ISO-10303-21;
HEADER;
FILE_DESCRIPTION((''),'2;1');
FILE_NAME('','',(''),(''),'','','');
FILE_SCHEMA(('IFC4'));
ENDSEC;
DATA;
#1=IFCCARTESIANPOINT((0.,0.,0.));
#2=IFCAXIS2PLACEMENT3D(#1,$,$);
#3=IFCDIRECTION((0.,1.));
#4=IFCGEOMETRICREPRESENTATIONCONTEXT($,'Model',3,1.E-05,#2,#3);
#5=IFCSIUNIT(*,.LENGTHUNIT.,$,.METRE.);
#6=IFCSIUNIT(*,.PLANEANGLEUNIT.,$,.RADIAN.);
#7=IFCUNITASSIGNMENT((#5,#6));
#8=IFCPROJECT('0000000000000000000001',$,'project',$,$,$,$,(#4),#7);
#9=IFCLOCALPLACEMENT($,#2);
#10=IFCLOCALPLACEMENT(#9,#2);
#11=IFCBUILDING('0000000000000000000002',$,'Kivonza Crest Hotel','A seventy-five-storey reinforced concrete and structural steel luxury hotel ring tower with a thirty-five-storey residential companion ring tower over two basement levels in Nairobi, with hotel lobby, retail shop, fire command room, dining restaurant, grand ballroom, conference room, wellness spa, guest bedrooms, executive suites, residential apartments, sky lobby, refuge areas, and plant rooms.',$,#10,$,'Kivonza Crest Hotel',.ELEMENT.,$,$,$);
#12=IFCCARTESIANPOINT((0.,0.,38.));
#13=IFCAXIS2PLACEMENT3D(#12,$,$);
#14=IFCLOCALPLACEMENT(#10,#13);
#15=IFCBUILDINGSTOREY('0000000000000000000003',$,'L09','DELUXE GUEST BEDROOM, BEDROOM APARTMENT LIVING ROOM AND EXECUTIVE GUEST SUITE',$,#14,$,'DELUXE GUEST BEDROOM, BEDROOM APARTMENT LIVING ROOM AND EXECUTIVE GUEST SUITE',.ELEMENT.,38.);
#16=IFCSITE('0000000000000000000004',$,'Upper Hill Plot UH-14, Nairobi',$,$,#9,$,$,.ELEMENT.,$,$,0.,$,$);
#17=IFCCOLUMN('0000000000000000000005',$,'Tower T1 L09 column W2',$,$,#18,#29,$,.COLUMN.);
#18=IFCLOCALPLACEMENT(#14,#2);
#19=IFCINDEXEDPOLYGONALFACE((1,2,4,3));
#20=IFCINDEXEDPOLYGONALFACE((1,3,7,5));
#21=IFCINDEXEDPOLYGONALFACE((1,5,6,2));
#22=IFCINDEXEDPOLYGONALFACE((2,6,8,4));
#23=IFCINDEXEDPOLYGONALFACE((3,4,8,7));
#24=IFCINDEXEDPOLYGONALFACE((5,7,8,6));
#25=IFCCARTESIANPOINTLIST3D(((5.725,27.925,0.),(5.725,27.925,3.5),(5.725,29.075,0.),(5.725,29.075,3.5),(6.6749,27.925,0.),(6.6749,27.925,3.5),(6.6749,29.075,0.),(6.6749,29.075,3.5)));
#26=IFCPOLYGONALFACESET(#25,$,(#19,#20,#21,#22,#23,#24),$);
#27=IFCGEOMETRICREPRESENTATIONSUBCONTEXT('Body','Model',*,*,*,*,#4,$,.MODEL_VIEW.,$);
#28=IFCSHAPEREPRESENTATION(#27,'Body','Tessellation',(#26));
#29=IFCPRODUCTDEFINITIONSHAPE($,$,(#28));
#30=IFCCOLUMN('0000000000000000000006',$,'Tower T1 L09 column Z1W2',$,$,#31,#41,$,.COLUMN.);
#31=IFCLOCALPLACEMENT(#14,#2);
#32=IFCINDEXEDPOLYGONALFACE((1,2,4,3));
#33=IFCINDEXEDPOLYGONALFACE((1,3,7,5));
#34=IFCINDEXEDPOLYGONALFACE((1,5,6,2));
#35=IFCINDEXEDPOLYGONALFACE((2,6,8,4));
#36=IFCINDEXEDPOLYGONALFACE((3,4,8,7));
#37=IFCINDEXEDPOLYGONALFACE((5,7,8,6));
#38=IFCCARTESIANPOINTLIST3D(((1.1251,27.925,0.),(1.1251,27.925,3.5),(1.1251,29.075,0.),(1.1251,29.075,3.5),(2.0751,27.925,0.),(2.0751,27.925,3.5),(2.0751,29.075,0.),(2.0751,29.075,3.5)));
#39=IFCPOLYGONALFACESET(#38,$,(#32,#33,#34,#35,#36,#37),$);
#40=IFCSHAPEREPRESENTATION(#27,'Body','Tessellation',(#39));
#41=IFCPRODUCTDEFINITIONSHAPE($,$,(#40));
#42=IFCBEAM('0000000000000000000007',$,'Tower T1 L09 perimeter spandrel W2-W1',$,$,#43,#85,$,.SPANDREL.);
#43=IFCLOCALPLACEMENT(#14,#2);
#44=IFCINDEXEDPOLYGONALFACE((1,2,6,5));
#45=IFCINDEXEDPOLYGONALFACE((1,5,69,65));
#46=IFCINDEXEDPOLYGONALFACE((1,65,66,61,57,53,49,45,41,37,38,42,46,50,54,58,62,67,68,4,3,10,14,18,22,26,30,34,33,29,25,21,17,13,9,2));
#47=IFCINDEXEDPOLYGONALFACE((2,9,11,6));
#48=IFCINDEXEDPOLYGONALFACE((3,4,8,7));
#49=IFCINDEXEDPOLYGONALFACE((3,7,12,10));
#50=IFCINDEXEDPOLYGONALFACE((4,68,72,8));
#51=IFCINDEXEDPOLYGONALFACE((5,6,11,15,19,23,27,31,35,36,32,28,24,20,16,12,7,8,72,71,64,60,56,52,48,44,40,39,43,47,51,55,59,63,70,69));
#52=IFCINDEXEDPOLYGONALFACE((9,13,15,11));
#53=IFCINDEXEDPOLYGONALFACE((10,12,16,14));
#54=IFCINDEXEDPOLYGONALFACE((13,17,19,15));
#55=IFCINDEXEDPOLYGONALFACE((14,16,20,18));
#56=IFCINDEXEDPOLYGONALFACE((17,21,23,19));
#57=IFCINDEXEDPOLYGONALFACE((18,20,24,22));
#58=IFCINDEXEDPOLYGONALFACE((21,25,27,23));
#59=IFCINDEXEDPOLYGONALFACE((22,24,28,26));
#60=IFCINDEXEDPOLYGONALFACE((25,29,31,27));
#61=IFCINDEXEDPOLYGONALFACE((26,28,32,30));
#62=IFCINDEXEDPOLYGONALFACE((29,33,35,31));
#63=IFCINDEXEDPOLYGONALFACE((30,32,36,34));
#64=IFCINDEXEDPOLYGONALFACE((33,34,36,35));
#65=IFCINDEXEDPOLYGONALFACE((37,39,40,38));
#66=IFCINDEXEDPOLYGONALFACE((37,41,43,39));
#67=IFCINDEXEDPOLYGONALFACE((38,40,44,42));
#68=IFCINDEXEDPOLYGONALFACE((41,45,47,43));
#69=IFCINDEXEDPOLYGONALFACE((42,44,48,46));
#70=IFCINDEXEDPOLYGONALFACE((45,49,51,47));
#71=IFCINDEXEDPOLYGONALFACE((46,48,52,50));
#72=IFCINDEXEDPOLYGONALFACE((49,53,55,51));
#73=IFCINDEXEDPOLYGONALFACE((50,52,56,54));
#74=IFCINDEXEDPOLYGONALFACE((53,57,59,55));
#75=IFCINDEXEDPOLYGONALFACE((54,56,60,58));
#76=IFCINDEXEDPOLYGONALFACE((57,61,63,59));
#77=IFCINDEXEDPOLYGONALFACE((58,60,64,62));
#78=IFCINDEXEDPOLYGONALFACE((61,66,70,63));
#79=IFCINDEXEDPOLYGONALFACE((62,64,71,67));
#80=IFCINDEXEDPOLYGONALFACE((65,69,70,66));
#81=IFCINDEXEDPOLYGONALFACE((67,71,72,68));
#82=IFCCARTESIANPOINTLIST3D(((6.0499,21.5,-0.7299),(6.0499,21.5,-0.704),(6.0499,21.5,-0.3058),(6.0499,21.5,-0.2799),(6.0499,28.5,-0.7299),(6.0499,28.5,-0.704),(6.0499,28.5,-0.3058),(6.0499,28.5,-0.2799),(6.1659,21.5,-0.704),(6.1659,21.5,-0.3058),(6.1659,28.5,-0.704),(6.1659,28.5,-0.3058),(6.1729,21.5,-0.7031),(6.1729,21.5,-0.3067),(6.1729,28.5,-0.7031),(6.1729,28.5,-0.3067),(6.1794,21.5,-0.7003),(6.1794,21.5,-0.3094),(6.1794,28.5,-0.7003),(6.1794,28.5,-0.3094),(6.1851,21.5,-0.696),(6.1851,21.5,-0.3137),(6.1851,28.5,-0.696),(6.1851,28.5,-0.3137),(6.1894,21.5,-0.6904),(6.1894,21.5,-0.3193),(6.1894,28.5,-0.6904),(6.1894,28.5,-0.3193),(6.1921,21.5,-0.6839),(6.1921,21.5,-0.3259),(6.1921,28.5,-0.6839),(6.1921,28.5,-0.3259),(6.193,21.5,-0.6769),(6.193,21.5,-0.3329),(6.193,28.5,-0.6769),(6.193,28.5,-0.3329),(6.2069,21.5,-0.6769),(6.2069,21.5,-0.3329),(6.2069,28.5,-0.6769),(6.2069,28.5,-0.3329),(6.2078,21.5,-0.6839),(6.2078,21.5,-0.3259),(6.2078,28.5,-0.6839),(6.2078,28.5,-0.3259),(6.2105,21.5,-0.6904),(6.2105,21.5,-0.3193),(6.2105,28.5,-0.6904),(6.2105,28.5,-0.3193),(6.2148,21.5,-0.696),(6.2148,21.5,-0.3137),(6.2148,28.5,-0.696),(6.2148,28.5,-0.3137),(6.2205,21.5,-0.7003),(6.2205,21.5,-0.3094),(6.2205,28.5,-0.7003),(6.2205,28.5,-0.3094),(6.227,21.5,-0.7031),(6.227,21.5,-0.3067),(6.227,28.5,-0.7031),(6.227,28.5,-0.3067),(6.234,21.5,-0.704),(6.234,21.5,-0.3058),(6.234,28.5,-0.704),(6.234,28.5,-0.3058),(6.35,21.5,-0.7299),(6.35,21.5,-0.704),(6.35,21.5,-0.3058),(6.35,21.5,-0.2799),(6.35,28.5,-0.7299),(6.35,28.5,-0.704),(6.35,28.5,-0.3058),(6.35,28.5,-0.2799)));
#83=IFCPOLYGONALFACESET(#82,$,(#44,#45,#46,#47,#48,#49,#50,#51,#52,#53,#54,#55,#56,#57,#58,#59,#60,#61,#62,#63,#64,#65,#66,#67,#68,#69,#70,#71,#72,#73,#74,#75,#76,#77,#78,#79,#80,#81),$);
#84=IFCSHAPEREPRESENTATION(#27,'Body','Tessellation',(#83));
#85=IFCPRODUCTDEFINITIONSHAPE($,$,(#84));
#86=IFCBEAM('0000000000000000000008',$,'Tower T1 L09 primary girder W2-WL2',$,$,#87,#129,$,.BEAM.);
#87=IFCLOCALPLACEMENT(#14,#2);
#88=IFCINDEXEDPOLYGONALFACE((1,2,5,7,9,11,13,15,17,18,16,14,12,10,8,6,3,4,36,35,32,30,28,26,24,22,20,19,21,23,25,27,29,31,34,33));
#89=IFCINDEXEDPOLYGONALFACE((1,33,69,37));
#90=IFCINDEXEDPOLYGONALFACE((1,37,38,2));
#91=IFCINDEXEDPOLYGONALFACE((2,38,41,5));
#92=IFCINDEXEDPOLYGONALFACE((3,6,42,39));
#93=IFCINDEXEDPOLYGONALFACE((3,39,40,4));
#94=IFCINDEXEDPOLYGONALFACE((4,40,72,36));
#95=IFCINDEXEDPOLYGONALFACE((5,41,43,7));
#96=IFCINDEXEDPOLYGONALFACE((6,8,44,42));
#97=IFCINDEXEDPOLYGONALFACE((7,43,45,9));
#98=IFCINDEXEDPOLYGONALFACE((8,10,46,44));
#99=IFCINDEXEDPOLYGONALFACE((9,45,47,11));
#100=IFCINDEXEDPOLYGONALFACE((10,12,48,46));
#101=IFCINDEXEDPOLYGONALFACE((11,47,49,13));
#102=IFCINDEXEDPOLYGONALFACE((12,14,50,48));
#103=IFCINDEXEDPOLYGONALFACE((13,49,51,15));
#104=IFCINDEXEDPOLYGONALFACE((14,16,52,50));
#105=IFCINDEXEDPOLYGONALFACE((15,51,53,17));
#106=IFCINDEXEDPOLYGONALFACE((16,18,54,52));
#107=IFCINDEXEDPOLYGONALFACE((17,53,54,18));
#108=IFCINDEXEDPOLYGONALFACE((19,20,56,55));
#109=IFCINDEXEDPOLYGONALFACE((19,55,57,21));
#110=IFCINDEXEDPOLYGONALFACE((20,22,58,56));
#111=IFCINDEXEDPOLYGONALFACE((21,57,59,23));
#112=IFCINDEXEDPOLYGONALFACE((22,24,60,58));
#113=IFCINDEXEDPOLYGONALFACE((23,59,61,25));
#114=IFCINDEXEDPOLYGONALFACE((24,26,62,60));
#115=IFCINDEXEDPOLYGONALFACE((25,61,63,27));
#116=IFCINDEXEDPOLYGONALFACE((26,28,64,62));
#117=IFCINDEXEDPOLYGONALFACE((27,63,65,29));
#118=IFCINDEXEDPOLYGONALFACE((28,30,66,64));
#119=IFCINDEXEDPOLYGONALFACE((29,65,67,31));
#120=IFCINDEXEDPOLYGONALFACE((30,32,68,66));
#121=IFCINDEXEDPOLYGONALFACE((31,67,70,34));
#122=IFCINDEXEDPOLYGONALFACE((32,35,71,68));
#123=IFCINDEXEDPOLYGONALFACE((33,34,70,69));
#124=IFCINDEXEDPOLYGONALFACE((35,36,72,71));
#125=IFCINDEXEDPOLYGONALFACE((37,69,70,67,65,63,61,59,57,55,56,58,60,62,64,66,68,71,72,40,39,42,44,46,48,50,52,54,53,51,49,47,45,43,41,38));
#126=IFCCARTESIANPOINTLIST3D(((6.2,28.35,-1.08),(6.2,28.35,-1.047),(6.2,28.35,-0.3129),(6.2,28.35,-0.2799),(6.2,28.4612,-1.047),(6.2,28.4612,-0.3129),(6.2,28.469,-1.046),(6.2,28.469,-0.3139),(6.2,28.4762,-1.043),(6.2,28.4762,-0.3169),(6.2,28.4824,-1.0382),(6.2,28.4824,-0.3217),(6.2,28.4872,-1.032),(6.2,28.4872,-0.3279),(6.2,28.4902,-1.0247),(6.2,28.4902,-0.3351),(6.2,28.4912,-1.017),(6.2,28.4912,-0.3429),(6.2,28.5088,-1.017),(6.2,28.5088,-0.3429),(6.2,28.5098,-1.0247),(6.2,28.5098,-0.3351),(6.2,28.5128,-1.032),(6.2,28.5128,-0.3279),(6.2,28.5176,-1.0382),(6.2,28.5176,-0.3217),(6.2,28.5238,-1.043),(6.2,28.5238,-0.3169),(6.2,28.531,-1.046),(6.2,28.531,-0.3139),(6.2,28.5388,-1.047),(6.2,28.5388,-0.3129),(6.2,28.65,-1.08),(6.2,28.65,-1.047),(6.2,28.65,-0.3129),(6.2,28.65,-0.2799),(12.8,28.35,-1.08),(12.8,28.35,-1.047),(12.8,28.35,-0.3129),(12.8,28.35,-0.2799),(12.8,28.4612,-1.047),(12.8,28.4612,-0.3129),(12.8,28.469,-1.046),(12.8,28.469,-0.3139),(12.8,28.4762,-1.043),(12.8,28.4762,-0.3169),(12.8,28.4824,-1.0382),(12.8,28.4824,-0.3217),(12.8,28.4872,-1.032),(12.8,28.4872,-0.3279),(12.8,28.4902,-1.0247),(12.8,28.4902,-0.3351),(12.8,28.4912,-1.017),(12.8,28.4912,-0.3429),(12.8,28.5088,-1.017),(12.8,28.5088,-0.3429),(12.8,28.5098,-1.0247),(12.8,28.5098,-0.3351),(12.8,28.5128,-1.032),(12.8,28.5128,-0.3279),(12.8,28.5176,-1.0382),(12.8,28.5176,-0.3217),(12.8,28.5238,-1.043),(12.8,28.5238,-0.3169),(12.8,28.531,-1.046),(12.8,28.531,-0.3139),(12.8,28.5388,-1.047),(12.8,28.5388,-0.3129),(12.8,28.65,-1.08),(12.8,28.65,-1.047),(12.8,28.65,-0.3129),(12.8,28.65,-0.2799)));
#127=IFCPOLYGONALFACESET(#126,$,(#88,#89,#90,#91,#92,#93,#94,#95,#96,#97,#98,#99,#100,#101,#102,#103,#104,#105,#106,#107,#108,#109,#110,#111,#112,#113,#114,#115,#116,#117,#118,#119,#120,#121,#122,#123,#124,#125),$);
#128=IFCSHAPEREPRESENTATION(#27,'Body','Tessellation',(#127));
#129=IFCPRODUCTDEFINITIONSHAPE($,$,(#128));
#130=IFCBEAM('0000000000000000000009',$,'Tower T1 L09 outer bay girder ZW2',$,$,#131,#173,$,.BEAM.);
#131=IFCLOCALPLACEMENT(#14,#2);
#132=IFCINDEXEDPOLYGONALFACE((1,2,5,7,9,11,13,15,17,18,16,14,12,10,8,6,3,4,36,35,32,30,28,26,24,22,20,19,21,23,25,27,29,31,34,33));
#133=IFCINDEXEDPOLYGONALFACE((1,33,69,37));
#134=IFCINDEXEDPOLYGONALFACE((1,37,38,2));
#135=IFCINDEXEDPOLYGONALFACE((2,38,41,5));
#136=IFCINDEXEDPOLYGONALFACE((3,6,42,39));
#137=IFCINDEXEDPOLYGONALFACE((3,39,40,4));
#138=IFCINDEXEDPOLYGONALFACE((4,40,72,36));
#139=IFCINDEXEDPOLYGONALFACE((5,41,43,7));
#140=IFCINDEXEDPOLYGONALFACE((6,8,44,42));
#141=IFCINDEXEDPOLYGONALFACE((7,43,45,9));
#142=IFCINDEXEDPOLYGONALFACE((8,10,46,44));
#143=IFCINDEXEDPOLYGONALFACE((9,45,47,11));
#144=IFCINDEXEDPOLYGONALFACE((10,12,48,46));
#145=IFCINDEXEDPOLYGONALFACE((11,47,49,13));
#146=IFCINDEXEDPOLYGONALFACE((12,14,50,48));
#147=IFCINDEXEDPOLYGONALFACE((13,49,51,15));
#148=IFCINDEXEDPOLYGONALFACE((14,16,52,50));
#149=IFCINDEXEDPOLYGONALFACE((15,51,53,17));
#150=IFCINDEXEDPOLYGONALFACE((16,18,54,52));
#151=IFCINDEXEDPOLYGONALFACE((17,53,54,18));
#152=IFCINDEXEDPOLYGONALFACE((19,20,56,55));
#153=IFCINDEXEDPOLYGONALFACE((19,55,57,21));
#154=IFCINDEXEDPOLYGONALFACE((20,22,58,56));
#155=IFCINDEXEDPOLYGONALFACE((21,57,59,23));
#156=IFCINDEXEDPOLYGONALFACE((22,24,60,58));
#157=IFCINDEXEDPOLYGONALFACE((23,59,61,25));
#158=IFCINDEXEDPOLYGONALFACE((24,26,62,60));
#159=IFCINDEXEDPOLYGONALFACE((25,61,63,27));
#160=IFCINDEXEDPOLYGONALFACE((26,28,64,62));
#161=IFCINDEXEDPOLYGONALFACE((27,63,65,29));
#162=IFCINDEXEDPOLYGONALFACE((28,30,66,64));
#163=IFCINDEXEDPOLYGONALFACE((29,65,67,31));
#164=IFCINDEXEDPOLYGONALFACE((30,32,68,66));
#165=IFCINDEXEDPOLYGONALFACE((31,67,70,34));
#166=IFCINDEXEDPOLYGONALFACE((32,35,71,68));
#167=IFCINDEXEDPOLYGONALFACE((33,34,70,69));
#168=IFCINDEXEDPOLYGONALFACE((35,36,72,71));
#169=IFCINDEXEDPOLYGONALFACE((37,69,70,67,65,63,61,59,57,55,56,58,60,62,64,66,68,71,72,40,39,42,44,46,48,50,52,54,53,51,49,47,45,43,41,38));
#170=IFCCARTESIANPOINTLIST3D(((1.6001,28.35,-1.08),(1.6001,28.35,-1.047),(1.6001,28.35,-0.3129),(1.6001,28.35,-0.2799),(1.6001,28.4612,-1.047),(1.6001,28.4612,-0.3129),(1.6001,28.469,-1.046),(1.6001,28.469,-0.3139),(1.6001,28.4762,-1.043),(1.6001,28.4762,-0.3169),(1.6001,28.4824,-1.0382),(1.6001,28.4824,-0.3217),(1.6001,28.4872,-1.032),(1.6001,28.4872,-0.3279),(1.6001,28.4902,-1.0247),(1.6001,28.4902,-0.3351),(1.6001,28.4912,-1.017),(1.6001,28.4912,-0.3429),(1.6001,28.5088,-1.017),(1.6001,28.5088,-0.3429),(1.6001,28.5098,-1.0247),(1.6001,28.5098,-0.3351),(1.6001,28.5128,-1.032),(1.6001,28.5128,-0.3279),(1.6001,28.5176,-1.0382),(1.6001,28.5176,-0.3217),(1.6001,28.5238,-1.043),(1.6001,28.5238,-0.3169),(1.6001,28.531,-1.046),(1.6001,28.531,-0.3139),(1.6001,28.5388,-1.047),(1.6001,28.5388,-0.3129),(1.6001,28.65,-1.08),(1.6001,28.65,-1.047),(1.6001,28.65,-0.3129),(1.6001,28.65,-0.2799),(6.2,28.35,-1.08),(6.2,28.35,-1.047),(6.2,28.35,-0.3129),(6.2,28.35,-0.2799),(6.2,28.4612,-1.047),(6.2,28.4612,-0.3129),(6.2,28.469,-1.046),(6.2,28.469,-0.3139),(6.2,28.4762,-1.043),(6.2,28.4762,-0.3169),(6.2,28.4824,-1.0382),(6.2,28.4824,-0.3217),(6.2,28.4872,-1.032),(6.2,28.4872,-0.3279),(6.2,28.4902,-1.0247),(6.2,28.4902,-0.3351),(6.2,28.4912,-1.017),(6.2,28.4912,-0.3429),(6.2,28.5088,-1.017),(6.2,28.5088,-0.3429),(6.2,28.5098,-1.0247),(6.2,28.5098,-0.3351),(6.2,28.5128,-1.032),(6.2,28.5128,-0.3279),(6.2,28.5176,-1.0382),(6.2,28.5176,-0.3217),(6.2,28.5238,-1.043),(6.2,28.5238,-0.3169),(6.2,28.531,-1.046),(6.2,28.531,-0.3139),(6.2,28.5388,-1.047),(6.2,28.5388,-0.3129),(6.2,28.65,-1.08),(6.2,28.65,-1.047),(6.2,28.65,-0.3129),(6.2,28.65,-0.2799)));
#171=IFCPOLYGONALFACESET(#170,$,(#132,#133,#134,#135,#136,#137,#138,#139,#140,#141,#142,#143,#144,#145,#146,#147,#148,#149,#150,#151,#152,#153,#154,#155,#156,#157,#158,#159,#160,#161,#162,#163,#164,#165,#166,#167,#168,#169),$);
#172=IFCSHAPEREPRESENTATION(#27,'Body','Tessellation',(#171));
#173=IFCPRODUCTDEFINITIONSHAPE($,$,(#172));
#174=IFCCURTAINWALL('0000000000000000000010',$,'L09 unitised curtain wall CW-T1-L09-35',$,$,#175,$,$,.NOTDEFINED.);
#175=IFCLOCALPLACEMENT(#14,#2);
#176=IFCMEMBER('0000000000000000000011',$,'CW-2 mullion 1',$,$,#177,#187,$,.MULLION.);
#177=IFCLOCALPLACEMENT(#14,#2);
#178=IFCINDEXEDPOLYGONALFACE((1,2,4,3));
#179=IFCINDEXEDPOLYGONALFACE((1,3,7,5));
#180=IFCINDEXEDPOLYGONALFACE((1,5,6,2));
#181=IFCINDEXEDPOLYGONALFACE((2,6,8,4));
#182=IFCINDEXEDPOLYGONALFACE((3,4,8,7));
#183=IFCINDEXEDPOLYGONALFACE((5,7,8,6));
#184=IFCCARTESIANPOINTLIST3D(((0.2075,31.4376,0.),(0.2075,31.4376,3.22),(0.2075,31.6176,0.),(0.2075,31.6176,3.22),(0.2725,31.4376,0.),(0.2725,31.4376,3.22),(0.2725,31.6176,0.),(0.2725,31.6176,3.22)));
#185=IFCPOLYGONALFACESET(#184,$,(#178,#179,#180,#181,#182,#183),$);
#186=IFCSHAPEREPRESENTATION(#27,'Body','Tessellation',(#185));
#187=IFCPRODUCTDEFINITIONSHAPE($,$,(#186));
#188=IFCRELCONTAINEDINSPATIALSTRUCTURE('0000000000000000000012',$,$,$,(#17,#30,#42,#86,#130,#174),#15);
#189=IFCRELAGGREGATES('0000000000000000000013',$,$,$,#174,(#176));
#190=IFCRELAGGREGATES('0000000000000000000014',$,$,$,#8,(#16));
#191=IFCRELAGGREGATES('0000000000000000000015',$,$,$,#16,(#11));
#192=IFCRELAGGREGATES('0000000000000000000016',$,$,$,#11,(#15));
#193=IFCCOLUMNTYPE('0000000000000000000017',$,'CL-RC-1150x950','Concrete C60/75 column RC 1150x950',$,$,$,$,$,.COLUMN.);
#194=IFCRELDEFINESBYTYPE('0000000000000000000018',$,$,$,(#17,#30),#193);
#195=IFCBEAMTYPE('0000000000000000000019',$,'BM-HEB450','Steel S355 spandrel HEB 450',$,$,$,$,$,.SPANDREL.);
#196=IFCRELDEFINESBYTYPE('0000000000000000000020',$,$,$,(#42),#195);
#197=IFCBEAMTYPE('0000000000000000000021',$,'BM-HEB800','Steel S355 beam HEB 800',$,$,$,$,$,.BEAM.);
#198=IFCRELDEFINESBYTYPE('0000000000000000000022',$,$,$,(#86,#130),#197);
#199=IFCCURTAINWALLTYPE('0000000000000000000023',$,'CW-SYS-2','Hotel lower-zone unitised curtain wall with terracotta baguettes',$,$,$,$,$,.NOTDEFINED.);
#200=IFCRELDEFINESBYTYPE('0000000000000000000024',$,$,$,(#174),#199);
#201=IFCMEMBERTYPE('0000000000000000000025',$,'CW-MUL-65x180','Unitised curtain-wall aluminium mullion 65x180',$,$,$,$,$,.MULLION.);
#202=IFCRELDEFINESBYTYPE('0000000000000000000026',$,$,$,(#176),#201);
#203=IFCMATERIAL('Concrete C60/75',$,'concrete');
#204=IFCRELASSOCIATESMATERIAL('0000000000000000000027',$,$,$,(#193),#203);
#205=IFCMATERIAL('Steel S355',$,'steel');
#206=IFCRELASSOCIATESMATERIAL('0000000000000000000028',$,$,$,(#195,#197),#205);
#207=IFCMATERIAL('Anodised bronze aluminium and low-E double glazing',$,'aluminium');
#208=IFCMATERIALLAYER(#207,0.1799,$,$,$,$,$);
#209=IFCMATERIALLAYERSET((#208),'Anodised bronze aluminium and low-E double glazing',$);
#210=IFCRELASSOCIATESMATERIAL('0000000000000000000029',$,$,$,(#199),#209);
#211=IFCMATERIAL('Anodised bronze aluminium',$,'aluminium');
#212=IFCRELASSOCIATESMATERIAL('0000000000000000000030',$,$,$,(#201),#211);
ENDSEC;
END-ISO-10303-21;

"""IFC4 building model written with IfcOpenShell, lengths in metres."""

from ifc_helpers import new_model, si_unit, direction, frame, origin, origin_2d, place, context, subcontext, project, spatial, rectangle, i_section, extrude, material, layer, layer_set, material_profile, profile_set, type_object, element, aggregate, save


model = new_model("IFC4")

# Units and contexts
model_context = context("Model", 3, precision=1e-05, world=origin(), true_north=direction((0.0, 1.0)))
body_context = subcontext(model_context, "Body", "Model", "MODEL_VIEW")
ifc_project = project(units=[si_unit("LENGTHUNIT", "METRE"), si_unit("PLANEANGLEUNIT", "RADIAN")], contexts=[model_context])

# Site, building, storey
site_placement = place(None, origin())
site = spatial("IfcSite", under=ifc_project, at=site_placement, Name="Upper Hill Plot UH-14, Nairobi", CompositionType="ELEMENT", RefElevation=0.0)
building_placement = place(site_placement, origin())
building = spatial("IfcBuilding", under=site, at=building_placement, Name="Kivonza Crest Hotel", Description="A seventy-five-storey reinforced concrete and structural steel luxury hotel ring tower with a thirty-five-storey residential companion ring tower over two basement levels in Nairobi, with hotel lobby, retail shop, fire command room, dining restaurant, grand ballroom, conference room, wellness spa, guest bedrooms, executive suites, residential apartments, sky lobby, refuge areas, and plant rooms.", LongName="Kivonza Crest Hotel", CompositionType="ELEMENT")
storey_placement = place(building_placement, frame((0.0, 0.0, 38.0)))
storey = spatial("IfcBuildingStorey", under=building, at=storey_placement, Name="L09", Description="DELUXE GUEST BEDROOM, BEDROOM APARTMENT LIVING ROOM AND EXECUTIVE GUEST SUITE", LongName="DELUXE GUEST BEDROOM, BEDROOM APARTMENT LIVING ROOM AND EXECUTIVE GUEST SUITE", CompositionType="ELEMENT", Elevation=38.0)

# Columns
ifc_material_1 = material(Name="Concrete C60/75", Category="concrete")
ifc_material_profile_1 = material_profile(ifc_material_1, rectangle(XDim=0.95, YDim=1.1499, at=origin_2d()), Name="RC 1150x950")
ifc_profile_set_1 = profile_set([ifc_material_profile_1], Name="Concrete C60/75")
column_type = type_object("IfcColumnType", Name="CL-RC-1150x950", Description="Concrete C60/75 column RC 1150x950", PredefinedType="COLUMN", material=ifc_profile_set_1)
for number, where, z_axis, x_axis, name in (
    (1, (6.2, 28.5, 0.0), (0.0, 0.0, 1.0), (1.0, 0.0, 0.0), "Tower T1 L09 column W2"),
    (2, (1.6001, 28.5, 0.0), (0.0, 0.0, 1.0), (1.0, 0.0, 0.0), "Tower T1 L09 column Z1W2"),
):
    element("IfcColumn", number, at=place(storey_placement, frame(where, z_axis=z_axis, x_axis=x_axis)), inside=storey, type_object=column_type, Name=name, PredefinedType="COLUMN", context=body_context, shape_type="SweptSolid", body=[
        extrude(rectangle(XDim=0.95, YDim=1.1499, at=origin_2d()), origin(), (0.0, 0.0, 1.0), 3.5),
    ])

# Beams
ifc_material_2 = material(Name="Steel S355", Category="steel")
ifc_material_profile_2 = material_profile(ifc_material_2, i_section(OverallWidth=0.3, OverallDepth=0.45, WebThickness=0.0139, FlangeThickness=0.0259, FilletRadius=0.0271, at=origin_2d()), Name="HEB 450")
ifc_profile_set_2 = profile_set([ifc_material_profile_2], Name="Steel S355")
beam_type_1 = type_object("IfcBeamType", Name="BM-HEB450", Description="Steel S355 spandrel HEB 450", PredefinedType="SPANDREL", material=ifc_profile_set_2)
beam_1_placement = place(storey_placement, frame((6.2, 28.5, -0.5049), z_axis=(0.0, -1.0, 0.0), x_axis=(1.0, 0.0, 0.0)))
element("IfcBeam", 3, at=beam_1_placement, inside=storey, type_object=beam_type_1, Name="Tower T1 L09 perimeter spandrel W2-W1", PredefinedType="SPANDREL", context=body_context, shape_type="SweptSolid", body=[
    extrude(i_section(OverallWidth=0.3, OverallDepth=0.45, WebThickness=0.0139, FlangeThickness=0.0259, FilletRadius=0.0271, at=origin_2d()), origin(), (0.0, 0.0, 1.0), 7.0),
])
ifc_material_profile_3 = material_profile(ifc_material_2, i_section(OverallWidth=0.3, OverallDepth=0.8, WebThickness=0.0176, FlangeThickness=0.033, FilletRadius=0.03, at=origin_2d()), Name="HEB 800")
ifc_profile_set_3 = profile_set([ifc_material_profile_3], Name="Steel S355")
beam_type_2 = type_object("IfcBeamType", Name="BM-HEB800", Description="Steel S355 beam HEB 800", PredefinedType="BEAM", material=ifc_profile_set_3)
beam_2_placement = place(storey_placement, frame((6.2, 28.5, -0.6799), z_axis=(1.0, 0.0, 0.0), x_axis=(0.0, 1.0, 0.0)))
element("IfcBeam", 4, at=beam_2_placement, inside=storey, type_object=beam_type_2, Name="Tower T1 L09 primary girder W2-WL2", PredefinedType="BEAM", context=body_context, shape_type="SweptSolid", body=[
    extrude(i_section(OverallWidth=0.3, OverallDepth=0.8, WebThickness=0.0176, FlangeThickness=0.033, FilletRadius=0.03, at=origin_2d()), origin(), (0.0, 0.0, 1.0), 6.6001),
])
beam_3_placement = place(storey_placement, frame((1.6001, 28.5, -0.6799), z_axis=(1.0, 0.0, 0.0), x_axis=(0.0, 1.0, 0.0)))
element("IfcBeam", 5, at=beam_3_placement, inside=storey, type_object=beam_type_2, Name="Tower T1 L09 outer bay girder ZW2", PredefinedType="BEAM", context=body_context, shape_type="SweptSolid", body=[
    extrude(i_section(OverallWidth=0.3, OverallDepth=0.8, WebThickness=0.0176, FlangeThickness=0.033, FilletRadius=0.03, at=origin_2d()), origin(), (0.0, 0.0, 1.0), 4.5999),
])

# Curtain wall, member
ifc_material_3 = material(Name="Anodised bronze aluminium and low-E double glazing", Category="aluminium")
ifc_layer_1 = layer(ifc_material_3, 0.1799)
ifc_layer_set_1 = layer_set([ifc_layer_1], Name="Anodised bronze aluminium and low-E double glazing")
curtain_wall_type = type_object("IfcCurtainWallType", Name="CW-SYS-2", Description="Hotel lower-zone unitised curtain wall with terracotta baguettes", PredefinedType="NOTDEFINED", material=ifc_layer_set_1)
curtain_wall_placement = place(storey_placement, origin())
curtain_wall = element("IfcCurtainWall", 6, at=curtain_wall_placement, inside=storey, type_object=curtain_wall_type, Name="L09 unitised curtain wall CW-T1-L09-35", PredefinedType="NOTDEFINED")
ifc_material_4 = material(Name="Anodised bronze aluminium", Category="aluminium")
ifc_material_profile_4 = material_profile(ifc_material_4, rectangle(XDim=0.0649, YDim=0.1799, at=origin_2d()), Name="CW-M 65x180")
ifc_profile_set_4 = profile_set([ifc_material_profile_4], Name="Anodised bronze aluminium")
member_type_1 = type_object("IfcMemberType", Name="CW-MUL-65x180", Description="Unitised curtain-wall aluminium mullion 65x180", PredefinedType="MULLION", material=ifc_profile_set_4)
member_1_placement = place(storey_placement, frame((0.24, 31.5276, 0.0), z_axis=(0.0, 0.0, 1.0), x_axis=(1.0, 0.0, 0.0)))
member_1 = element("IfcMember", 7, at=member_1_placement, type_object=member_type_1, Name="CW-2 mullion 1", PredefinedType="MULLION", context=body_context, shape_type="SweptSolid", body=[
    extrude(rectangle(XDim=0.0649, YDim=0.1799, at=origin_2d()), origin(), (0.0, 0.0, 1.0), 3.22),
])
aggregate(curtain_wall, [member_1])

save(model, "model.ifc")
